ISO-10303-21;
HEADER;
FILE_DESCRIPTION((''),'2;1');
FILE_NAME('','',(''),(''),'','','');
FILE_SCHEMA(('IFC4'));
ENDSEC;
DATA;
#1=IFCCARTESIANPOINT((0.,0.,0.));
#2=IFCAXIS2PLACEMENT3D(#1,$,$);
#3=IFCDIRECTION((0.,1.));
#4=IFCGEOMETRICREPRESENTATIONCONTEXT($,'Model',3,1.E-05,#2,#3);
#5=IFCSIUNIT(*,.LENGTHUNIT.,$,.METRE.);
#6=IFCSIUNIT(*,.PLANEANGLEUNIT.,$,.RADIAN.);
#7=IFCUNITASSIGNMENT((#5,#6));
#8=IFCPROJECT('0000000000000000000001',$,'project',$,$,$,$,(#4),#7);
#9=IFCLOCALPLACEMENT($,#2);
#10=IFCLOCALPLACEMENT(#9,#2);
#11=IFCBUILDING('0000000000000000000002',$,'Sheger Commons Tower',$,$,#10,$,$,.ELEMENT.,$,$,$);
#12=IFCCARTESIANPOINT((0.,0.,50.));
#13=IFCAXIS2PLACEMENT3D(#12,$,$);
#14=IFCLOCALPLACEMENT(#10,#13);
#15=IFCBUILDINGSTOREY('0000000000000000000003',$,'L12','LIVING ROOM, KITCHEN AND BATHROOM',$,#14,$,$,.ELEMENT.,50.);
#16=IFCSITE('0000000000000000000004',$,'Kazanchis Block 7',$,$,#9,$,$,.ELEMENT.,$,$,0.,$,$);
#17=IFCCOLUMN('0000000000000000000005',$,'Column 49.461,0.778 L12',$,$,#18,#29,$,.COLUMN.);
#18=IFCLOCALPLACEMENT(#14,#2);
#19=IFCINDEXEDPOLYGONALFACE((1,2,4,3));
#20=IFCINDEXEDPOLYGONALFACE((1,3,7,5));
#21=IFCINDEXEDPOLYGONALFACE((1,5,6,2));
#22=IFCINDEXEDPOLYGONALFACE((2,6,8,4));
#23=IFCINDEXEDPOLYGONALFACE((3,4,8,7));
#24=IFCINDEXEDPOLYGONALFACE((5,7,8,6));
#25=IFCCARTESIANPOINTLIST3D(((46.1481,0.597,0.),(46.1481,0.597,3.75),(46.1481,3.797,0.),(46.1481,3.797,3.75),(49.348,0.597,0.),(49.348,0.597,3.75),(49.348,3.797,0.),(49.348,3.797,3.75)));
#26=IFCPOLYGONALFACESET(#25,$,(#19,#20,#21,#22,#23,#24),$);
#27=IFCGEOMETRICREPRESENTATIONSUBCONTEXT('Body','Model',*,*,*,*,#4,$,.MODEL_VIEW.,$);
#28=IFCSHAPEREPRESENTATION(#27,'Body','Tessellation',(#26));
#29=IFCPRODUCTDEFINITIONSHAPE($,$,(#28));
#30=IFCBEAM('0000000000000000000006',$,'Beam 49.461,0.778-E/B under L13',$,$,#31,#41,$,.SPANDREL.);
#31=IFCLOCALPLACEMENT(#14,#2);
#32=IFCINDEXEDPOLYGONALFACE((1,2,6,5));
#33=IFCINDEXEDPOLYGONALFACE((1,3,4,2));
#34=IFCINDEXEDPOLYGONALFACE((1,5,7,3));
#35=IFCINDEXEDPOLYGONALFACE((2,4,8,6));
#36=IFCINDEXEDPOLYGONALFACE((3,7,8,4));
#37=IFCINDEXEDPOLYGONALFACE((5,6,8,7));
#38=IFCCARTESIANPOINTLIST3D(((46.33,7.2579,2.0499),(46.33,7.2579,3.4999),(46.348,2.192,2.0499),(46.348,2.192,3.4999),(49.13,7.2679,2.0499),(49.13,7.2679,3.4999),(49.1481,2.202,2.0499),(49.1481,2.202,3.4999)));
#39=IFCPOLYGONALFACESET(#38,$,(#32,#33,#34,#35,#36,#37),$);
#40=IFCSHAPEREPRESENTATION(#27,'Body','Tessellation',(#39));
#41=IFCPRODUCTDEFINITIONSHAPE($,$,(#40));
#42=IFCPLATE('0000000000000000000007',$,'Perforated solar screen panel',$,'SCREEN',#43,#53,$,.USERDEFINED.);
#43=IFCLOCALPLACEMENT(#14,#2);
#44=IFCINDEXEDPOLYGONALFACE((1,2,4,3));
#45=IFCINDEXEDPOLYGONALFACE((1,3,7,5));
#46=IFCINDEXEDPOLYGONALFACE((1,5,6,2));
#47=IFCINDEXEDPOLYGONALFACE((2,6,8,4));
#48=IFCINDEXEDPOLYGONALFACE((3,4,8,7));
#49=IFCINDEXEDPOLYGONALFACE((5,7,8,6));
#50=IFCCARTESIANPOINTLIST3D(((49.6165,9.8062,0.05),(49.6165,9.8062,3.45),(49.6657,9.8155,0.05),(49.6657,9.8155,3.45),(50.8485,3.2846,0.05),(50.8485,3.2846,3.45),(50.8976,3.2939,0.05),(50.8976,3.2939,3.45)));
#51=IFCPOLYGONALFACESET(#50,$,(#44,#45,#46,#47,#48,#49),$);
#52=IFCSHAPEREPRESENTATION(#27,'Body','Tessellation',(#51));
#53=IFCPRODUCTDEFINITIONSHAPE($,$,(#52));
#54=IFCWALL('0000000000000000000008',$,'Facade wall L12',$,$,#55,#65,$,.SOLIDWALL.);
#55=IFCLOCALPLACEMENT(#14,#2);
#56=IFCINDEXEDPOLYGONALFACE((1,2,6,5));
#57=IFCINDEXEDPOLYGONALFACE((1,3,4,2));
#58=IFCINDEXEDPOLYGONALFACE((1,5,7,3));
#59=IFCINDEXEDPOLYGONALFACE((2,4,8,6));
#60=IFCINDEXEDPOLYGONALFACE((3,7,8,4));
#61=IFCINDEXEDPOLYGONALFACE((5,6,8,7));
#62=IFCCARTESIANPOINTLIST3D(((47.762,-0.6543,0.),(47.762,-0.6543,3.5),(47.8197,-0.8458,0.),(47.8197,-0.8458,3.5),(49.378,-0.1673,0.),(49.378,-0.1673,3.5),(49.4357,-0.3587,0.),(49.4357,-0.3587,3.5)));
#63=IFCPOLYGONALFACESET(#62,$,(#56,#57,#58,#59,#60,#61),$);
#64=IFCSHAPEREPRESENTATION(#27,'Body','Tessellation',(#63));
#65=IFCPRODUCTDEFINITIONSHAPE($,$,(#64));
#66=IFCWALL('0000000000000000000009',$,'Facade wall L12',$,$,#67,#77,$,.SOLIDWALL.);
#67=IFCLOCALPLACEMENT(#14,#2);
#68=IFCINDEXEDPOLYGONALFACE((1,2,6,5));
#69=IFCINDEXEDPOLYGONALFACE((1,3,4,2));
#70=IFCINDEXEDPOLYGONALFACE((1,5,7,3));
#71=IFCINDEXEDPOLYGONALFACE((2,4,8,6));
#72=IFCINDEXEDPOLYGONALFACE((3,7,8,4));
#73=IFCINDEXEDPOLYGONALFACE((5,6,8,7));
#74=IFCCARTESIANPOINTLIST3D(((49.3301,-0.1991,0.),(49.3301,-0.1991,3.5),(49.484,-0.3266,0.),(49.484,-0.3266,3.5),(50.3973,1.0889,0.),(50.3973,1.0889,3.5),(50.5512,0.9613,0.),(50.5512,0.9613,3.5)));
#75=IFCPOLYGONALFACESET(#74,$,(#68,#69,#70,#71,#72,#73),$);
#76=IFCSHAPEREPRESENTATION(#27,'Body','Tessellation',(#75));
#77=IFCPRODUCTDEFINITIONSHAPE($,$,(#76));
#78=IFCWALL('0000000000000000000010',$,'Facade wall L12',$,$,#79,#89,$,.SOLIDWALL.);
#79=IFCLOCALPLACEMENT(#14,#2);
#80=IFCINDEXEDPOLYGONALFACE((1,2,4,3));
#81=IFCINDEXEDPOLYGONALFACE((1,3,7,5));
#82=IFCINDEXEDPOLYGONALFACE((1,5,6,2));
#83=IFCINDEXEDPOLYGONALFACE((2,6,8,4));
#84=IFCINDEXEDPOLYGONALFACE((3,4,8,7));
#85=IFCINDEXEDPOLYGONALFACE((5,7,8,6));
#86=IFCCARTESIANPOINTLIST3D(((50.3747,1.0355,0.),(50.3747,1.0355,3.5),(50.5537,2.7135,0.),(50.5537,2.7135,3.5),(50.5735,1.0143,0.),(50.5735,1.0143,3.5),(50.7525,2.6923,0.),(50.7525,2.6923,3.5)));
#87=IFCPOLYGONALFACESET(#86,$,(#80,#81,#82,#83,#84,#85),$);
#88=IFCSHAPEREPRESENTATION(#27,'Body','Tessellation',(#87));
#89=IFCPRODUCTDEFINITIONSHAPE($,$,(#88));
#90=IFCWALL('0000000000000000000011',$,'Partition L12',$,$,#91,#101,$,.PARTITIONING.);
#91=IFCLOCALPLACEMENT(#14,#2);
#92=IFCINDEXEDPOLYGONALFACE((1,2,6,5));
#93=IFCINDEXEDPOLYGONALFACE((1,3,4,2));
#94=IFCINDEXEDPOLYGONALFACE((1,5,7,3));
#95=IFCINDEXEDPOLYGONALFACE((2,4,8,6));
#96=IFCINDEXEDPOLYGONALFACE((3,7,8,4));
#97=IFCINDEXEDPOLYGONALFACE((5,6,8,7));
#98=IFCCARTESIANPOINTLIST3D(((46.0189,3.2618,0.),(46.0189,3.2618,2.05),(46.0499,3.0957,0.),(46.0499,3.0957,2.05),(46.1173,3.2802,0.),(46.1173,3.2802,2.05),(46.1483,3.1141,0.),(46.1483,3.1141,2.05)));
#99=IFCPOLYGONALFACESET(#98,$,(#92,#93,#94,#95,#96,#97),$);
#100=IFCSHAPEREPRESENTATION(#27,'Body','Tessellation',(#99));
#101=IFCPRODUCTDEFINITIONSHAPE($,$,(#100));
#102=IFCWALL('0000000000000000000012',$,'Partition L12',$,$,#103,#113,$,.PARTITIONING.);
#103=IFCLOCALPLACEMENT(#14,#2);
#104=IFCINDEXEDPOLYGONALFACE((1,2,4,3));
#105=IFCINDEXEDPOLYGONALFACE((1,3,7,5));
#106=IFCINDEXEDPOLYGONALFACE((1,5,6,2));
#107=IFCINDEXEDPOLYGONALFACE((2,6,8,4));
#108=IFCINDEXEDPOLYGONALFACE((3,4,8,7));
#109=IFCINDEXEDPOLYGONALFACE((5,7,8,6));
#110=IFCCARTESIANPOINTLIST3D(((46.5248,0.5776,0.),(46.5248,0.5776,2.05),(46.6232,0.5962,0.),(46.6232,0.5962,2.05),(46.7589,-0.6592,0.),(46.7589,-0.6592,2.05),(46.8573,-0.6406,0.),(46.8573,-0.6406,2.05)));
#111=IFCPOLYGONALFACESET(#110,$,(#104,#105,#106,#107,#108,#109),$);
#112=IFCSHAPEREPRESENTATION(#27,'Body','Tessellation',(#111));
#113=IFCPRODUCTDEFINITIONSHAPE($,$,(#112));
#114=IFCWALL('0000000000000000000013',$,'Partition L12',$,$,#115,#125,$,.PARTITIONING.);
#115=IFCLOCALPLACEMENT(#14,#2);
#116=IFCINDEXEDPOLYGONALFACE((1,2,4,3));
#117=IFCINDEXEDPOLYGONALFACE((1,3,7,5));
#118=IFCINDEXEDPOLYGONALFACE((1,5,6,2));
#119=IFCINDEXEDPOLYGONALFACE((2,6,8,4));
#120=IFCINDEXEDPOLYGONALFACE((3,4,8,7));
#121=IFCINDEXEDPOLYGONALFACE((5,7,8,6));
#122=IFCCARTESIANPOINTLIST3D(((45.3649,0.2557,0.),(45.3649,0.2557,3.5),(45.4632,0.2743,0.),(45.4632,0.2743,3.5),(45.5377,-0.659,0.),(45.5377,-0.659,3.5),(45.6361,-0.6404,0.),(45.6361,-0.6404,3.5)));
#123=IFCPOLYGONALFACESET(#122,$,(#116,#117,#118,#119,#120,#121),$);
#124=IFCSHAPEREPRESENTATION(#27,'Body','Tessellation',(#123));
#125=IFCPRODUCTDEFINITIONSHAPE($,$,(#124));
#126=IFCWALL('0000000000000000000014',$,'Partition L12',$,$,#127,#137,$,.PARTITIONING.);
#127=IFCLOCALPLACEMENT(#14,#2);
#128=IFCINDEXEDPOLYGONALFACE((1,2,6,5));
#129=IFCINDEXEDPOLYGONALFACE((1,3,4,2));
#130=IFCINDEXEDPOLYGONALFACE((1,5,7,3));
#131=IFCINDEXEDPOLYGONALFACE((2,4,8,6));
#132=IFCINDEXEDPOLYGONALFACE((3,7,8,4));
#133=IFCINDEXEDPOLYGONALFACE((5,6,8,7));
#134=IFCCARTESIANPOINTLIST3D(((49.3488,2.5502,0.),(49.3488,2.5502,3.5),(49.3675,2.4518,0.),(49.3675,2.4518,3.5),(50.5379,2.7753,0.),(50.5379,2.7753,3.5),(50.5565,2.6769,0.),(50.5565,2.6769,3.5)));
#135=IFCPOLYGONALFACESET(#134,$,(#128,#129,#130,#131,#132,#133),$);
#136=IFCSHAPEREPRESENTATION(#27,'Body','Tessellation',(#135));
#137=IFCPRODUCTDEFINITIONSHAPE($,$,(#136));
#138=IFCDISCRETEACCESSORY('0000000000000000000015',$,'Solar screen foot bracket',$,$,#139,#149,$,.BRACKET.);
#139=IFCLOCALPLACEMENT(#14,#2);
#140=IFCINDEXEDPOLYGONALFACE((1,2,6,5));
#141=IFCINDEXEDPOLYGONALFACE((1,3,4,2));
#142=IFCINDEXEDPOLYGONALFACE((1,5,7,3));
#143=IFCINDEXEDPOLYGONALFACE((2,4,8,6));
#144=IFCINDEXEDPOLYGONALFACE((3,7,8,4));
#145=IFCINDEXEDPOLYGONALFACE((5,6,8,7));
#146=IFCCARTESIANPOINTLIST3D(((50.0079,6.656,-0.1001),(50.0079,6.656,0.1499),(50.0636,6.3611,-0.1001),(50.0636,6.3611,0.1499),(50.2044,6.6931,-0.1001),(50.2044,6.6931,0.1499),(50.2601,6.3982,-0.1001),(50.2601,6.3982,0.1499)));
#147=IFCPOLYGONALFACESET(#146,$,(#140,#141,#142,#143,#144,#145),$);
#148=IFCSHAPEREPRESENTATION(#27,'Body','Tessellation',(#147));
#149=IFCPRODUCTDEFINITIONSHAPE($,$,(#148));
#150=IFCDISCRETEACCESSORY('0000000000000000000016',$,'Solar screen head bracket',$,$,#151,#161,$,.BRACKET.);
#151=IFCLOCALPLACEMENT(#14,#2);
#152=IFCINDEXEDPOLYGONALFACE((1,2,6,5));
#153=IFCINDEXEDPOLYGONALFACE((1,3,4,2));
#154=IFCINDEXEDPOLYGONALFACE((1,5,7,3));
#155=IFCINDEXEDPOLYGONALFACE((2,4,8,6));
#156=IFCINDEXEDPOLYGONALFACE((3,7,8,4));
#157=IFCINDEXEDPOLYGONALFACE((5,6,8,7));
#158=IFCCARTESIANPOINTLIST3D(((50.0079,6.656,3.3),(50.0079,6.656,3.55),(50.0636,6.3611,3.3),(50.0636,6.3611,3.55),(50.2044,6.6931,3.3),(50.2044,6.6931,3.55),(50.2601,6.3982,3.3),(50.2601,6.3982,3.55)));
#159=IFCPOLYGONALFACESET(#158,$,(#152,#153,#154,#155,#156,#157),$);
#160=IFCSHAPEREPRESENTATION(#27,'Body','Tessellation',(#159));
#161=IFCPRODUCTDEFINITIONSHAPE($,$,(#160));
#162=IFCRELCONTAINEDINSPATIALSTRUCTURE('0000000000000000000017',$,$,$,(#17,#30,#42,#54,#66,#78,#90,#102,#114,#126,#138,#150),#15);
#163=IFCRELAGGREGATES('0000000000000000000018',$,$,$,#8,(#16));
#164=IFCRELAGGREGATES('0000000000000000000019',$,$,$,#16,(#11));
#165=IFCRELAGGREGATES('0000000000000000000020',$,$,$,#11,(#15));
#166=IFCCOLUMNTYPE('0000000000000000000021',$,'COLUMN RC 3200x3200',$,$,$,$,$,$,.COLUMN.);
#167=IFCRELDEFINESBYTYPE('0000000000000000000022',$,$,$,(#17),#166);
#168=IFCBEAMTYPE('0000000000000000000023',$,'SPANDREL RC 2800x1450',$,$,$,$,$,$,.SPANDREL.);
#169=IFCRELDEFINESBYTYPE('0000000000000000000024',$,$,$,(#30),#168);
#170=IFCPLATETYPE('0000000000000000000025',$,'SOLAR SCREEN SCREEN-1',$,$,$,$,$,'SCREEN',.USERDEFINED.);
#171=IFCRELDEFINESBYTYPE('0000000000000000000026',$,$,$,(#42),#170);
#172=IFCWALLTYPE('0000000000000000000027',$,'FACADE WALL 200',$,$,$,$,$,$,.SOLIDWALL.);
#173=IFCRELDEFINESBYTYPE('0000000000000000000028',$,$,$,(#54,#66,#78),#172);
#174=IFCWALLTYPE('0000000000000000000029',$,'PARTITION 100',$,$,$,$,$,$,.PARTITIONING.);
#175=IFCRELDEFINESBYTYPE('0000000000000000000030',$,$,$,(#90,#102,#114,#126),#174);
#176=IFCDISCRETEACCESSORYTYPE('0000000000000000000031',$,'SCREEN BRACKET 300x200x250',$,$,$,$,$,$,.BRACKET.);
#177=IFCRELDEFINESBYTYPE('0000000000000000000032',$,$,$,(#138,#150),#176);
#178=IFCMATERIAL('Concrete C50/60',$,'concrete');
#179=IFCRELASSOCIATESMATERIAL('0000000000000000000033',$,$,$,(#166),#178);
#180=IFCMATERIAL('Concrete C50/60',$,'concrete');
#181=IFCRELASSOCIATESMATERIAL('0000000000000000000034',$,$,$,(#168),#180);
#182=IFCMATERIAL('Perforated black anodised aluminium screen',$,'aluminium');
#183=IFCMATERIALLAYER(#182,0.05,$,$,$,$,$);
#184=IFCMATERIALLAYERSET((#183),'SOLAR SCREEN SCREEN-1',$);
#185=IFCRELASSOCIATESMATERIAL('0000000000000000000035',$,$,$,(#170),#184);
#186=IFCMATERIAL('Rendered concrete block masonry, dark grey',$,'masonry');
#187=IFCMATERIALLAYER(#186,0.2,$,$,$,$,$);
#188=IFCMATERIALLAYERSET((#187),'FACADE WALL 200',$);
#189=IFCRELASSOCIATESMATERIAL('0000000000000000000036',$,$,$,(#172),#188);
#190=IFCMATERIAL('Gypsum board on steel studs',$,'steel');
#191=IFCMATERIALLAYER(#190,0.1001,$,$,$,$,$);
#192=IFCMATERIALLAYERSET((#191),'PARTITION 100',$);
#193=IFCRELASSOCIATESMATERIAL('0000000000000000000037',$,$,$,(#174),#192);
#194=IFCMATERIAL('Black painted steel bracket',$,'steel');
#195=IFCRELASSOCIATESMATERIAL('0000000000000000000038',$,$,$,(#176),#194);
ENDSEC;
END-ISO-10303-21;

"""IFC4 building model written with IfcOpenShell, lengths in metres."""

from ifc_helpers import new_model, si_unit, direction, frame, frame_2d, origin, origin_2d, place, context, subcontext, project, spatial, rectangle, extrude, material, layer, layer_set, material_profile, profile_set, type_object, element, save


model = new_model("IFC4")

# Units and contexts
model_context = context("Model", 3, precision=1e-05, world=origin(), true_north=direction((0.0, 1.0)))
body_context = subcontext(model_context, "Body", "Model", "MODEL_VIEW")
ifc_project = project(units=[si_unit("LENGTHUNIT", "METRE"), si_unit("PLANEANGLEUNIT", "RADIAN")], contexts=[model_context])

# Site, building, storey
site_placement = place(None, origin())
site = spatial("IfcSite", under=ifc_project, at=site_placement, Name="Kazanchis Block 7", CompositionType="ELEMENT", RefElevation=0.0)
building_placement = place(site_placement, origin())
building = spatial("IfcBuilding", under=site, at=building_placement, Name="Sheger Commons Tower", CompositionType="ELEMENT")
storey_placement = place(building_placement, frame((0.0, 0.0, 50.0)))
storey = spatial("IfcBuildingStorey", under=building, at=storey_placement, Name="L12", Description="LIVING ROOM, KITCHEN AND BATHROOM", CompositionType="ELEMENT", Elevation=50.0)

# Column
ifc_material_1 = material(Name="Concrete C50/60", Category="concrete")
ifc_material_profile_1 = material_profile(ifc_material_1, rectangle(XDim=3.2, YDim=3.2, at=origin_2d()), Name="RC 3200x3200")
ifc_profile_set_1 = profile_set([ifc_material_profile_1], Name="Concrete C50/60")
column_type = type_object("IfcColumnType", Name="COLUMN RC 3200x3200", PredefinedType="COLUMN", material=ifc_profile_set_1)
column_placement = place(storey_placement, frame((47.748, 2.197, 0.0), z_axis=(0.0, 0.0, 1.0), x_axis=(1.0, 0.0, 0.0)))
element("IfcColumn", 1, at=column_placement, inside=storey, type_object=column_type, Name="Column 49.461,0.778 L12", PredefinedType="COLUMN", context=body_context, shape_type="SweptSolid", body=[
    extrude(rectangle(XDim=3.2, YDim=3.2, at=origin_2d()), origin(), (0.0, 0.0, 1.0), 3.75),
])

# Beam
ifc_material_2 = material(Name="Concrete C50/60", Category="concrete")
ifc_material_profile_2 = material_profile(ifc_material_2, rectangle(XDim=2.8, YDim=1.45, at=origin_2d()), Name="RC 2800x1450")
ifc_profile_set_2 = profile_set([ifc_material_profile_2], Name="Concrete C50/60")
beam_type = type_object("IfcBeamType", Name="SPANDREL RC 2800x1450", PredefinedType="SPANDREL", material=ifc_profile_set_2)
beam_placement = place(storey_placement, frame((47.748, 2.197, 2.7749), z_axis=(-0.003566, 0.999994, 0.0), x_axis=(-0.999994, -0.003566, 0.0)))
element("IfcBeam", 2, at=beam_placement, inside=storey, type_object=beam_type, Name="Beam 49.461,0.778-E/B under L13", PredefinedType="SPANDREL", context=body_context, shape_type="SweptSolid", body=[
    extrude(rectangle(XDim=2.8, YDim=1.45, at=origin_2d()), origin(), (0.0, 0.0, 1.0), 5.0659),
])

# Plate
ifc_material_3 = material(Name="Perforated black anodised aluminium screen", Category="aluminium")
ifc_layer_1 = layer(ifc_material_3, 0.05)
ifc_layer_set_1 = layer_set([ifc_layer_1], Name="SOLAR SCREEN SCREEN-1")
plate_type = type_object("IfcPlateType", Name="SOLAR SCREEN SCREEN-1", ElementType="SCREEN", PredefinedType="USERDEFINED", material=ifc_layer_set_1)
plate_placement = place(storey_placement, frame((50.2571, 6.55, 0.05), z_axis=(0.0, 0.0, 1.0), x_axis=(-0.185615, 0.982623, 0.0)))
element("IfcPlate", 3, at=plate_placement, inside=storey, type_object=plate_type, Name="Perforated solar screen panel", ObjectType="SCREEN", PredefinedType="USERDEFINED", context=body_context, shape_type="SweptSolid", body=[
    extrude(rectangle(XDim=6.637, YDim=0.05, at=origin_2d()), origin(), (0.0, 0.0, 1.0), 3.3999),
])

# Walls
ifc_material_4 = material(Name="Rendered concrete block masonry, dark grey", Category="masonry")
ifc_layer_2 = layer(ifc_material_4, 0.2)
ifc_layer_set_2 = layer_set([ifc_layer_2], Name="FACADE WALL 200")
wall_type_1 = type_object("IfcWallType", Name="FACADE WALL 200", PredefinedType="SOLIDWALL", material=ifc_layer_set_2)
wall_1_placement = place(storey_placement, frame((47.791, -0.75, 0.0), z_axis=(0.0, 0.0, 1.0), x_axis=(0.957455, 0.288582, 0.0)))
element("IfcWall", 4, at=wall_1_placement, inside=storey, type_object=wall_type_1, Name="Facade wall L12", PredefinedType="SOLIDWALL", context=body_context, shape_type="SweptSolid", body=[
    extrude(rectangle(XDim=1.6877, YDim=0.2, at=frame_2d((0.8438, 0.0))), origin(), (0.0, 0.0, 1.0), 3.5),
])
wall_2_placement = place(storey_placement, frame((49.407, -0.2629, 0.0), z_axis=(0.0, 0.0, 1.0), x_axis=(0.638043, 0.770001, 0.0)))
element("IfcWall", 5, at=wall_2_placement, inside=storey, type_object=wall_type_1, Name="Facade wall L12", PredefinedType="SOLIDWALL", context=body_context, shape_type="SweptSolid", body=[
    extrude(rectangle(XDim=1.6726, YDim=0.2, at=frame_2d((0.8364, 0.0))), origin(), (0.0, 0.0, 1.0), 3.5),
])
wall_3_placement = place(storey_placement, frame((50.4741, 1.0249, 0.0), z_axis=(0.0, 0.0, 1.0), x_axis=(0.106048, 0.994361, 0.0)))
element("IfcWall", 6, at=wall_3_placement, inside=storey, type_object=wall_type_1, Name="Facade wall L12", PredefinedType="SOLIDWALL", context=body_context, shape_type="SweptSolid", body=[
    extrude(rectangle(XDim=1.6875, YDim=0.2, at=frame_2d((0.8438, 0.0))), origin(), (0.0, 0.0, 1.0), 3.5),
])

# Walls
ifc_material_5 = material(Name="Gypsum board on steel studs", Category="steel")
ifc_layer_3 = layer(ifc_material_5, 0.1001)
ifc_layer_set_3 = layer_set([ifc_layer_3], Name="PARTITION 100")
wall_type_2 = type_object("IfcWallType", Name="PARTITION 100", PredefinedType="PARTITIONING", material=ifc_layer_set_3)
wall_4_placement = place(storey_placement, frame((46.0681, 3.271, 0.0), z_axis=(0.0, 0.0, 1.0), x_axis=(0.18359, -0.983003, 0.0)))
element("IfcWall", 7, at=wall_4_placement, inside=storey, type_object=wall_type_2, Name="Partition L12", PredefinedType="PARTITIONING", context=body_context, shape_type="SweptSolid", body=[
    extrude(rectangle(XDim=0.1689, YDim=0.1001, at=frame_2d((0.0845, 0.0))), origin(), (0.0, 0.0, 1.0), 2.05),
])
wall_5_placement = place(storey_placement, frame((46.574, 0.5869, 0.0), z_axis=(0.0, 0.0, 1.0), x_axis=(0.185998, -0.98255, 0.0)))
element("IfcWall", 8, at=wall_5_placement, inside=storey, type_object=wall_type_2, Name="Partition L12", PredefinedType="PARTITIONING", context=body_context, shape_type="SweptSolid", body=[
    extrude(rectangle(XDim=1.2588, YDim=0.1001, at=frame_2d((0.6294, 0.0))), origin(), (0.0, 0.0, 1.0), 2.05),
])
wall_6_placement = place(storey_placement, frame((45.4141, 0.2649, 0.0), z_axis=(0.0, 0.0, 1.0), x_axis=(0.185666, -0.982613, 0.0)))
element("IfcWall", 9, at=wall_6_placement, inside=storey, type_object=wall_type_2, Name="Partition L12", PredefinedType="PARTITIONING", context=body_context, shape_type="SweptSolid", body=[
    extrude(rectangle(XDim=0.9309, YDim=0.1001, at=frame_2d((0.4653, 0.0))), origin(), (0.0, 0.0, 1.0), 3.5),
])
wall_7_placement = place(storey_placement, frame((50.5471, 2.7261, 0.0), z_axis=(0.0, 0.0, 1.0), x_axis=(-0.982553, -0.185981, 0.0)))
element("IfcWall", 10, at=wall_7_placement, inside=storey, type_object=wall_type_2, Name="Partition L12", PredefinedType="PARTITIONING", context=body_context, shape_type="SweptSolid", body=[
    extrude(rectangle(XDim=1.2102, YDim=0.1001, at=frame_2d((0.605, 0.0))), origin(), (0.0, 0.0, 1.0), 3.5),
])

# Discrete accessories
ifc_material_6 = material(Name="Black painted steel bracket", Category="steel")
discrete_accessory_type = type_object("IfcDiscreteAccessoryType", Name="SCREEN BRACKET 300x200x250", PredefinedType="BRACKET", material=ifc_material_6)
for number, where, z_axis, x_axis, name in (
    (11, (50.134, 6.5271, -0.1001), (0.0, 0.0, 1.0), (-0.185615, 0.982623, 0.0), "Solar screen foot bracket"),
    (12, (50.134, 6.5271, 3.3), (0.0, 0.0, 1.0), (-0.185615, 0.982623, 0.0), "Solar screen head bracket"),
):
    element("IfcDiscreteAccessory", number, at=place(storey_placement, frame(where, z_axis=z_axis, x_axis=x_axis)), inside=storey, type_object=discrete_accessory_type, Name=name, PredefinedType="BRACKET", context=body_context, shape_type="SweptSolid", body=[
        extrude(rectangle(XDim=0.3, YDim=0.2, at=origin_2d()), origin(), (0.0, 0.0, 1.0), 0.25),
    ])

save(model, "model.ifc")
